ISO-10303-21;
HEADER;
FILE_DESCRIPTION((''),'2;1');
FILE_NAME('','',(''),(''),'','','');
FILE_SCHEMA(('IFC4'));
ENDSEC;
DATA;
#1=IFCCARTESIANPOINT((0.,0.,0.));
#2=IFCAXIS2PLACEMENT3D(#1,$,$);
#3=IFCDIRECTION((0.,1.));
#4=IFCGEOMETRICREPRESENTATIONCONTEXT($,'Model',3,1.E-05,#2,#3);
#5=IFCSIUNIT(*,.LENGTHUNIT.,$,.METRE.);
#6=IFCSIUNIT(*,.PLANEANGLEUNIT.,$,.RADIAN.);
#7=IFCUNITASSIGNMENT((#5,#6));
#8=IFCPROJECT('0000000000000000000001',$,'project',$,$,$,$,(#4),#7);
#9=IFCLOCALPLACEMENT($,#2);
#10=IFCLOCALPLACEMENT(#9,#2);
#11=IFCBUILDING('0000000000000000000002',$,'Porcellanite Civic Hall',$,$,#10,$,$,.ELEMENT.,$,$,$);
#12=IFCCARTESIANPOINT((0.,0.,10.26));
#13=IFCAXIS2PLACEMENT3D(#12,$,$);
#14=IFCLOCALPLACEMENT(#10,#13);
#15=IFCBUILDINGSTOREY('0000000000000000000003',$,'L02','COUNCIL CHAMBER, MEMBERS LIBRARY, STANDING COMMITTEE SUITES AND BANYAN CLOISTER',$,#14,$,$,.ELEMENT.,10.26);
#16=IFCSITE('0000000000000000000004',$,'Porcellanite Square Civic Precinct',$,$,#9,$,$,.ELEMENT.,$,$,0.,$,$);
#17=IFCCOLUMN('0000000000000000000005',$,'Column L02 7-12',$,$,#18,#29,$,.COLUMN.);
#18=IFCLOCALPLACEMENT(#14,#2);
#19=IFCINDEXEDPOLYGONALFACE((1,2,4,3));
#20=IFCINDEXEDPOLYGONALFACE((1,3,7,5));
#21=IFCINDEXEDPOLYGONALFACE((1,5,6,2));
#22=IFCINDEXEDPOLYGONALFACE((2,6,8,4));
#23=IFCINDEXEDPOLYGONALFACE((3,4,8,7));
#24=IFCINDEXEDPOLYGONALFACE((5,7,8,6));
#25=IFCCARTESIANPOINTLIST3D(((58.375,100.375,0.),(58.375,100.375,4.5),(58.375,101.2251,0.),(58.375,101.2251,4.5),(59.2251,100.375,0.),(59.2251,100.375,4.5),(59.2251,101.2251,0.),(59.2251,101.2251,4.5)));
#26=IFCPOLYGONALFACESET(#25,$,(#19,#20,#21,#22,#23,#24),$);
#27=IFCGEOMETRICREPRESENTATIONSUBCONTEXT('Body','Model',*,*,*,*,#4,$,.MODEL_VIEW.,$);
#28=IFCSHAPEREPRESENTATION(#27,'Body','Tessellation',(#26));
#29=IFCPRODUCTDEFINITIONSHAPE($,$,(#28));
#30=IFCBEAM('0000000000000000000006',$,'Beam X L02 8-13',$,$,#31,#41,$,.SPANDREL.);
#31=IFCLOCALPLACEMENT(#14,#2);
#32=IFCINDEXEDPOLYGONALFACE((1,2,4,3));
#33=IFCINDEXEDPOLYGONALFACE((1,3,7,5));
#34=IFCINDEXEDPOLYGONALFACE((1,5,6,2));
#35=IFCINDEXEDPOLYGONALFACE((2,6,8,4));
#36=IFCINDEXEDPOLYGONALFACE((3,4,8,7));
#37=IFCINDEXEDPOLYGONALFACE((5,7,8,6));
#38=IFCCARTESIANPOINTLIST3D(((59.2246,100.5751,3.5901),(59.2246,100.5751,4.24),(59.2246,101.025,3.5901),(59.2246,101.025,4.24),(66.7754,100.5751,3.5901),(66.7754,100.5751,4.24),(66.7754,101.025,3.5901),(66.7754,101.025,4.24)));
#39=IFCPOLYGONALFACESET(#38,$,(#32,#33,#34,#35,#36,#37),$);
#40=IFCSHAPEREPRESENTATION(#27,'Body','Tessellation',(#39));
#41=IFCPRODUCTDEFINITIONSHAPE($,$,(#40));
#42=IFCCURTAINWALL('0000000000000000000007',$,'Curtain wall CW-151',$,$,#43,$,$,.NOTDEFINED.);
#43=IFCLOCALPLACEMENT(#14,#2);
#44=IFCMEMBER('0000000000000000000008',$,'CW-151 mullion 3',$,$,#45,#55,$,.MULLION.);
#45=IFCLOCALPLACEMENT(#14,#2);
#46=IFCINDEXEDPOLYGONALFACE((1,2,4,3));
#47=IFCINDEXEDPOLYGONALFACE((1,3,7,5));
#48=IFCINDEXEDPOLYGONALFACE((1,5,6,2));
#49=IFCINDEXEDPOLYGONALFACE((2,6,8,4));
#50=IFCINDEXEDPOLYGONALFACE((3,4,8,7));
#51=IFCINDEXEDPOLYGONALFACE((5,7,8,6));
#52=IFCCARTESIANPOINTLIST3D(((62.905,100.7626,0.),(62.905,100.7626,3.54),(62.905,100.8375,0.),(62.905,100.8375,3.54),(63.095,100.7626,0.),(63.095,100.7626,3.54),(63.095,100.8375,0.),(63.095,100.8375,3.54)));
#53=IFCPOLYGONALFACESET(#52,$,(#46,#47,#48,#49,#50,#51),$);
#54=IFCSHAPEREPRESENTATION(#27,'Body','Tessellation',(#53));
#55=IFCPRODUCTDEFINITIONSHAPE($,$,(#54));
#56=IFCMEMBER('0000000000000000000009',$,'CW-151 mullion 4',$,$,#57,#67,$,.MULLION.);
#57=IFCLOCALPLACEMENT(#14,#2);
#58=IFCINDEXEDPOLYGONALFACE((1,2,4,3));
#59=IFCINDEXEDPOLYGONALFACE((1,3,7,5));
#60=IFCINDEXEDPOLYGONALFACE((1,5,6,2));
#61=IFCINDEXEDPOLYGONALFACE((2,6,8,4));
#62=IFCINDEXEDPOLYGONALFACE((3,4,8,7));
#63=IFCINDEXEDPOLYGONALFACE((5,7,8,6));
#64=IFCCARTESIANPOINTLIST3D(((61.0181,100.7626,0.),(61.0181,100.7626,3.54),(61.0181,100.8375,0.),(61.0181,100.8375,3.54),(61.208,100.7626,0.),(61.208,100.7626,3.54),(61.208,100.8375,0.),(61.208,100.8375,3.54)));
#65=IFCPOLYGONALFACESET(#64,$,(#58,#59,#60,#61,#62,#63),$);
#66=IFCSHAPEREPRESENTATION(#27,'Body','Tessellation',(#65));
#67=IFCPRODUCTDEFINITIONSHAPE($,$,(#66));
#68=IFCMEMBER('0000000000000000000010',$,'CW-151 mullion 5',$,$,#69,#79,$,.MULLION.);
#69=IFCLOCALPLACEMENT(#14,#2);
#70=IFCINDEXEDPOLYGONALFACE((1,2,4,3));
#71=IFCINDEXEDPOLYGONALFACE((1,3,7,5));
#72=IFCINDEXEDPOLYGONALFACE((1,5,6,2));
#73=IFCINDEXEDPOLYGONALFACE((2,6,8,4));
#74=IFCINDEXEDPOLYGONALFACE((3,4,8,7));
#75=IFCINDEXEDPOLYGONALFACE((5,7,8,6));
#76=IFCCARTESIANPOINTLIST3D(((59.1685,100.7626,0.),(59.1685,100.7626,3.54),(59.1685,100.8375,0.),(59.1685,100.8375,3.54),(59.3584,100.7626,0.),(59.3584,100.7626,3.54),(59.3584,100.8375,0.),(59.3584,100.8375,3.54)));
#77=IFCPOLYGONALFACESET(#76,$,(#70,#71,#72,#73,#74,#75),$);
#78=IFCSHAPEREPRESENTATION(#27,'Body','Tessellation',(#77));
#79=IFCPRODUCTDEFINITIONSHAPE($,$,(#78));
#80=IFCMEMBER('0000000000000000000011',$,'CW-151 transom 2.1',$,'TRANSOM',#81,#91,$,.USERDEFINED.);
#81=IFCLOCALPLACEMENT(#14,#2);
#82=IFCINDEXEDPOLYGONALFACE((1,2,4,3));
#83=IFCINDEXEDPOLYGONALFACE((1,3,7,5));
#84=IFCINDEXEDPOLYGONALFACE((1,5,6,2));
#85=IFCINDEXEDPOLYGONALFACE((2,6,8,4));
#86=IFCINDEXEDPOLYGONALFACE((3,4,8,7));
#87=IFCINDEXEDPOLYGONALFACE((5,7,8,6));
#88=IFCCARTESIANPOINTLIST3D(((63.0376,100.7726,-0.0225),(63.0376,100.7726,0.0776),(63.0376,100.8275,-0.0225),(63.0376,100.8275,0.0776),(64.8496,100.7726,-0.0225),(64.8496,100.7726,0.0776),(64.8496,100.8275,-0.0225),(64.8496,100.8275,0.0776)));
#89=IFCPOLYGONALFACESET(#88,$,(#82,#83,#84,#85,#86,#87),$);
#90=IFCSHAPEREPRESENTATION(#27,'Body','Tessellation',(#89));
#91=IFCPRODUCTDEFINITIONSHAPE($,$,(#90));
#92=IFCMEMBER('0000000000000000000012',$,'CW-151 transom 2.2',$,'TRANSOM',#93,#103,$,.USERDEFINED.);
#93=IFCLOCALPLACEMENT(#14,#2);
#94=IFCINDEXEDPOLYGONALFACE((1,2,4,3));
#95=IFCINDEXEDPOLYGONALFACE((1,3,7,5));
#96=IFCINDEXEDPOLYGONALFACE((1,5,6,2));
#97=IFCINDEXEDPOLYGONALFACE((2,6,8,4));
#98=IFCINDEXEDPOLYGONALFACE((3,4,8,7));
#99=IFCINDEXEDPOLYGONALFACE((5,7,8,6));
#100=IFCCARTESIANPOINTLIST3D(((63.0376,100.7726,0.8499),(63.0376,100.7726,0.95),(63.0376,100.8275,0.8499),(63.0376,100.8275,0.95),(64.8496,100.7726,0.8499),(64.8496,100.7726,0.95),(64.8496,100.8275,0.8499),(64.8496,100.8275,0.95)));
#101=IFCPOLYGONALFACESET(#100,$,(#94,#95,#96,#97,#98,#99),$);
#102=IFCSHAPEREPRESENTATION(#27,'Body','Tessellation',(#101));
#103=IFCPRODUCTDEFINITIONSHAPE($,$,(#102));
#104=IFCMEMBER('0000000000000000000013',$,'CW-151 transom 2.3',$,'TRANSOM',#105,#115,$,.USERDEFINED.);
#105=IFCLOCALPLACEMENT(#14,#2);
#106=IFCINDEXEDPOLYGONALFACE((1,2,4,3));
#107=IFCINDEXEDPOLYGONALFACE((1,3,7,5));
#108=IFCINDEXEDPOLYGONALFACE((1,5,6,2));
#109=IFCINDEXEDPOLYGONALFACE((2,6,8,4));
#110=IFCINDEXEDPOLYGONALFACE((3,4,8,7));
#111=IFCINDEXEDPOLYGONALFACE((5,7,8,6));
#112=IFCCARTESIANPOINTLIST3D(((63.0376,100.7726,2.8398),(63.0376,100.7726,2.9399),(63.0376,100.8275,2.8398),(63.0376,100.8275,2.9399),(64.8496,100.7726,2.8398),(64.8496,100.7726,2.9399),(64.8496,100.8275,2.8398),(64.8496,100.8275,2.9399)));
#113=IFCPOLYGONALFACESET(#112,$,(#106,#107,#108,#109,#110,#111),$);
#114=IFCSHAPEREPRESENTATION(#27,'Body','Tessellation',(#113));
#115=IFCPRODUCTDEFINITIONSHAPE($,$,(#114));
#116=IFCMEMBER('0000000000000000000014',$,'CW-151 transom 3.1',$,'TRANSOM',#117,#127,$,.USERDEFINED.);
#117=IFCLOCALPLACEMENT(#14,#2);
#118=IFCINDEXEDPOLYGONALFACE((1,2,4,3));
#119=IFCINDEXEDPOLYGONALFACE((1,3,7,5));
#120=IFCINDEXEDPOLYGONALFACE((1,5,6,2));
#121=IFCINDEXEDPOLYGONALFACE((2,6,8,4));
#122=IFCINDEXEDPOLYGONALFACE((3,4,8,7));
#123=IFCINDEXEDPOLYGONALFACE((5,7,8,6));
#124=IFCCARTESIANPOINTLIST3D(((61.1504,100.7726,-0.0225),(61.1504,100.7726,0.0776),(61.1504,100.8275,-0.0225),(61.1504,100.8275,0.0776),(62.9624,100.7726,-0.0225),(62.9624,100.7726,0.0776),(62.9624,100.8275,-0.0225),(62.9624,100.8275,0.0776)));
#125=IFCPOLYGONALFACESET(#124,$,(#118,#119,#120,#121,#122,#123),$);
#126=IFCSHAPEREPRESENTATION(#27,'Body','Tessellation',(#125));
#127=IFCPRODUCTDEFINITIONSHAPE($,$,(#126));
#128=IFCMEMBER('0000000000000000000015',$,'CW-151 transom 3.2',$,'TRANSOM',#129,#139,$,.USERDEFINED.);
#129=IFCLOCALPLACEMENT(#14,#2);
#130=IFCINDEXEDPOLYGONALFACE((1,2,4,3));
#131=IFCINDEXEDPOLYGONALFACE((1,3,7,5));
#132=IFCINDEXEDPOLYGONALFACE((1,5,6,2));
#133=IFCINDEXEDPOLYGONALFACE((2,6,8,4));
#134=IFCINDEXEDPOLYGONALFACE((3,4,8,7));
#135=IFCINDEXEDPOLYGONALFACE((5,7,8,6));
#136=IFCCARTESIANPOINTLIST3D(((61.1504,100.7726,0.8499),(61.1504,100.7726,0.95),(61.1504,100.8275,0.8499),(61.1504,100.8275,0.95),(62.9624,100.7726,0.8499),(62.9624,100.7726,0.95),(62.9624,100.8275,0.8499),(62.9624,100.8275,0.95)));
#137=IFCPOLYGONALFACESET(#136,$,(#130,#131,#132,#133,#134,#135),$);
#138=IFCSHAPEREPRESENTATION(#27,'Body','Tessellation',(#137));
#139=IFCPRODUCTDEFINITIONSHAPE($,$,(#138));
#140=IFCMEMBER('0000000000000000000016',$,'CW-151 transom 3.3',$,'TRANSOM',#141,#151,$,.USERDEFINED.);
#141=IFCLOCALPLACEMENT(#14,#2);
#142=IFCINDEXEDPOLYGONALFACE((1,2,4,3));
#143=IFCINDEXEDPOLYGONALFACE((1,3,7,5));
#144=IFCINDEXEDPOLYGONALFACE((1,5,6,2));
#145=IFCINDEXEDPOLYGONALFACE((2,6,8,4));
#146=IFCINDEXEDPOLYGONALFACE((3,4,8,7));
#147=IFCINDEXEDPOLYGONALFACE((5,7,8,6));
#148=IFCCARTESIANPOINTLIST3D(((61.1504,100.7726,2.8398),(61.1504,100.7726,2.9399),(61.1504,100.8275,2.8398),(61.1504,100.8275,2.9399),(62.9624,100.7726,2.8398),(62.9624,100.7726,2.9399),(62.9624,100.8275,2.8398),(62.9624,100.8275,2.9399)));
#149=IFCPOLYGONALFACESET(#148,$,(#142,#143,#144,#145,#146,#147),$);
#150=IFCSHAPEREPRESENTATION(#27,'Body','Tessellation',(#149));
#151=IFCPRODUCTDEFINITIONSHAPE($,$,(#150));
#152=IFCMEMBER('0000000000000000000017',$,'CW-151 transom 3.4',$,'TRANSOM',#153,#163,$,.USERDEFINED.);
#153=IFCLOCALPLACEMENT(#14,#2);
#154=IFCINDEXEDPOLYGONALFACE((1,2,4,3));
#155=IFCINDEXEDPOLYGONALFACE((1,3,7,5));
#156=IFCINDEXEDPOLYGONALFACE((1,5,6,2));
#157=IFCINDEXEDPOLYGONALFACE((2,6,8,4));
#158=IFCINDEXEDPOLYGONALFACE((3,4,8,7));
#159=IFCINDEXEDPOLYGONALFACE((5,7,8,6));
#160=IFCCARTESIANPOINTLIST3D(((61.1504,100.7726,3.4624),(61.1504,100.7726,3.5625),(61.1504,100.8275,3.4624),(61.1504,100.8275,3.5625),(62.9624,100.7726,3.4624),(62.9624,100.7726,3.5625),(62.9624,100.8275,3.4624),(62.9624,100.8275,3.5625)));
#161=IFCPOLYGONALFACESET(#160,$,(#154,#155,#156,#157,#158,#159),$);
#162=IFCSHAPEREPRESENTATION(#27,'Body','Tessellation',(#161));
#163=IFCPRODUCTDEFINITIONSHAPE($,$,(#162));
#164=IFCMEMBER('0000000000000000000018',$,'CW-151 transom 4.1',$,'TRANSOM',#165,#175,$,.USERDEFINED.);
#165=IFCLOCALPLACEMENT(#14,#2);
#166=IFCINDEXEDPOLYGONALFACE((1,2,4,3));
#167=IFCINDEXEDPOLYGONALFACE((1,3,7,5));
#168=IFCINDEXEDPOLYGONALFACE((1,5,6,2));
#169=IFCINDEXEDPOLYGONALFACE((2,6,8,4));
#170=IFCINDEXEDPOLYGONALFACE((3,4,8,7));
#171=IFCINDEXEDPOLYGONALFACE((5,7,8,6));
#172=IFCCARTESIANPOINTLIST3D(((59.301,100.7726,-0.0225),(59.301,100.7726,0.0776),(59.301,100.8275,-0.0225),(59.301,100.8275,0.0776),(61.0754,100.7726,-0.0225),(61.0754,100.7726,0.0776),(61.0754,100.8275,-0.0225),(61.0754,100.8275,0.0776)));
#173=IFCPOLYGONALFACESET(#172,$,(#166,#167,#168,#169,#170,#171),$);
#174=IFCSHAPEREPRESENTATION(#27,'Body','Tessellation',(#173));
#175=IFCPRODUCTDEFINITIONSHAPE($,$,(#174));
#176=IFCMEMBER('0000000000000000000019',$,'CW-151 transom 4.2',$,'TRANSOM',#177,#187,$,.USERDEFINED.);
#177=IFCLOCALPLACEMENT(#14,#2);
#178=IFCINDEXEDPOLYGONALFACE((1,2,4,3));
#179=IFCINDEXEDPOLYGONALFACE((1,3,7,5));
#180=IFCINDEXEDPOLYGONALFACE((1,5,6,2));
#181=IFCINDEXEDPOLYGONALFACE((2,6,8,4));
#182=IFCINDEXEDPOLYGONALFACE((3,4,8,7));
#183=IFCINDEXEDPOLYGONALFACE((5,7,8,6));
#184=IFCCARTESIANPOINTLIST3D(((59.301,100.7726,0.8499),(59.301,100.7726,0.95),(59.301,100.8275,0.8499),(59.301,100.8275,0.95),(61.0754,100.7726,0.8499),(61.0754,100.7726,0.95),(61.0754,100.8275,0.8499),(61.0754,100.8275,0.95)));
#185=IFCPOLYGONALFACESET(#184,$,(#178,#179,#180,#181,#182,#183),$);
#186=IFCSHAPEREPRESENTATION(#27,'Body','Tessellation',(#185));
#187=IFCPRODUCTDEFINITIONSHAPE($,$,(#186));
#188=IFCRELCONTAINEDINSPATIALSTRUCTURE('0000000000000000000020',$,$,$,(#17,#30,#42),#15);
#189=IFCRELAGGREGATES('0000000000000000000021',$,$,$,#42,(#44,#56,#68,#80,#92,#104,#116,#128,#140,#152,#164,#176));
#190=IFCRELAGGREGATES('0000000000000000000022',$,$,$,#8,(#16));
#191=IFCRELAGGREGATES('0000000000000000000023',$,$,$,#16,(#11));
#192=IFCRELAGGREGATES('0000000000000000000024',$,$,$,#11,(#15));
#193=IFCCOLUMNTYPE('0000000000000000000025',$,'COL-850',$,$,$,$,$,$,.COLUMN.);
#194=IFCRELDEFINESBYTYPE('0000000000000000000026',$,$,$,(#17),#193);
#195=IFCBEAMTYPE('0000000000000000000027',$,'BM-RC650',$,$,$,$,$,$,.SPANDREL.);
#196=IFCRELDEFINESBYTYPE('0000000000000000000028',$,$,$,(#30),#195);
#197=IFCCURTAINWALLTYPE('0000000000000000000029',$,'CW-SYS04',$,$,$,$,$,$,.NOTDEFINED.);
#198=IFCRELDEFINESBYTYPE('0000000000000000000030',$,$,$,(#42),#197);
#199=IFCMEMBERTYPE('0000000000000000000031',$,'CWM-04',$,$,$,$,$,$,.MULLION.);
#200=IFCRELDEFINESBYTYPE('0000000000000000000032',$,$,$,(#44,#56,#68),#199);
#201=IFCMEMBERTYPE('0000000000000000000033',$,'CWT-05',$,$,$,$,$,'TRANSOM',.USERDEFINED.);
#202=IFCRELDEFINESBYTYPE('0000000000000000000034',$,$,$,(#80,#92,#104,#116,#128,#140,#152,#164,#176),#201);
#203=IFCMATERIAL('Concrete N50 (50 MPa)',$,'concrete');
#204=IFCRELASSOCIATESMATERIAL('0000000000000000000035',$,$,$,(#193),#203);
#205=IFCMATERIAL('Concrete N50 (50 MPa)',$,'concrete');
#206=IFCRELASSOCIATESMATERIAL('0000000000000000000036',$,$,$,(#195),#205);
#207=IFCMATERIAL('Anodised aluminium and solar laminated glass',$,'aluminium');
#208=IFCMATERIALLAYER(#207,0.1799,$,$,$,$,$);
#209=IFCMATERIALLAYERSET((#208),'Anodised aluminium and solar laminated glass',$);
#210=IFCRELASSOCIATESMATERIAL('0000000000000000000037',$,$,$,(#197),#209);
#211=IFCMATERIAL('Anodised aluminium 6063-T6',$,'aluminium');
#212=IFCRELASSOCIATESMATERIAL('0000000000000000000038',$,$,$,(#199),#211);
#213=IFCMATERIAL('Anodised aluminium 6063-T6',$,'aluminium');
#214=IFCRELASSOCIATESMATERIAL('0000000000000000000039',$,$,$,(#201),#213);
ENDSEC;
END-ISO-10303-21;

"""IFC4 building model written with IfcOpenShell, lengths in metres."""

from ifc_helpers import new_model, si_unit, direction, frame, origin, origin_2d, place, context, subcontext, project, spatial, rectangle, extrude, material, layer, layer_set, material_profile, profile_set, type_object, element, aggregate, save


model = new_model("IFC4")

# Units and contexts
model_context = context("Model", 3, precision=1e-05, world=origin(), true_north=direction((0.0, 1.0)))
body_context = subcontext(model_context, "Body", "Model", "MODEL_VIEW")
ifc_project = project(units=[si_unit("LENGTHUNIT", "METRE"), si_unit("PLANEANGLEUNIT", "RADIAN")], contexts=[model_context])

# Site, building, storey
site_placement = place(None, origin())
site = spatial("IfcSite", under=ifc_project, at=site_placement, Name="Porcellanite Square Civic Precinct", CompositionType="ELEMENT", RefElevation=0.0)
building_placement = place(site_placement, origin())
building = spatial("IfcBuilding", under=site, at=building_placement, Name="Porcellanite Civic Hall", CompositionType="ELEMENT")
storey_placement = place(building_placement, frame((0.0, 0.0, 10.26)))
storey = spatial("IfcBuildingStorey", under=building, at=storey_placement, Name="L02", Description="COUNCIL CHAMBER, MEMBERS LIBRARY, STANDING COMMITTEE SUITES AND BANYAN CLOISTER", CompositionType="ELEMENT", Elevation=10.26)

# Column
ifc_material_1 = material(Name="Concrete N50 (50 MPa)", Category="concrete")
ifc_material_profile_1 = material_profile(ifc_material_1, rectangle(XDim=0.8501, YDim=0.8501, at=origin_2d()), Name="RC-850x850")
ifc_profile_set_1 = profile_set([ifc_material_profile_1], Name="Concrete N50 (50 MPa)")
column_type = type_object("IfcColumnType", Name="COL-850", PredefinedType="COLUMN", material=ifc_profile_set_1)
column_placement = place(storey_placement, frame((58.8, 100.8, 0.0), z_axis=(0.0, 0.0, 1.0), x_axis=(1.0, 0.0, 0.0)))
element("IfcColumn", 1, at=column_placement, inside=storey, type_object=column_type, Name="Column L02 7-12", PredefinedType="COLUMN", context=body_context, shape_type="SweptSolid", body=[
    extrude(rectangle(XDim=0.8501, YDim=0.8501, at=origin_2d()), origin(), (0.0, 0.0, 1.0), 4.5),
])

# Beam
ifc_material_2 = material(Name="Concrete N50 (50 MPa)", Category="concrete")
ifc_material_profile_2 = material_profile(ifc_material_2, rectangle(XDim=0.45, YDim=0.6499, at=origin_2d()), Name="RC-450x650")
ifc_profile_set_2 = profile_set([ifc_material_profile_2], Name="Concrete N50 (50 MPa)")
beam_type = type_object("IfcBeamType", Name="BM-RC650", PredefinedType="SPANDREL", material=ifc_profile_set_2)
beam_placement = place(storey_placement, frame((59.2246, 100.8, 3.915), z_axis=(1.0, 0.0, 0.0), x_axis=(0.0, 1.0, 0.0)))
element("IfcBeam", 2, at=beam_placement, inside=storey, type_object=beam_type, Name="Beam X L02 8-13", PredefinedType="SPANDREL", context=body_context, shape_type="SweptSolid", body=[
    extrude(rectangle(XDim=0.45, YDim=0.6499, at=origin_2d()), origin(), (0.0, 0.0, 1.0), 7.5508),
])

# Curtain wall, members
ifc_material_3 = material(Name="Anodised aluminium and solar laminated glass", Category="aluminium")
ifc_layer_1 = layer(ifc_material_3, 0.1799)
ifc_layer_set_1 = layer_set([ifc_layer_1], Name="Anodised aluminium and solar laminated glass")
curtain_wall_type = type_object("IfcCurtainWallType", Name="CW-SYS04", PredefinedType="NOTDEFINED", material=ifc_layer_set_1)
curtain_wall_placement = place(storey_placement, origin())
curtain_wall = element("IfcCurtainWall", 3, at=curtain_wall_placement, inside=storey, type_object=curtain_wall_type, Name="Curtain wall CW-151", PredefinedType="NOTDEFINED")
ifc_material_4 = material(Name="Anodised aluminium 6063-T6", Category="aluminium")
ifc_material_profile_3 = material_profile(ifc_material_4, rectangle(XDim=0.075, YDim=0.1899, at=origin_2d()), Name="AL-75x190")
ifc_profile_set_3 = profile_set([ifc_material_profile_3], Name="Anodised aluminium 6063-T6")
member_type_1 = type_object("IfcMemberType", Name="CWM-04", PredefinedType="MULLION", material=ifc_profile_set_3)
member_1_placement = place(storey_placement, frame((63.0, 100.8, 0.0), z_axis=(0.0, 0.0, 1.0), x_axis=(0.0, -1.0, 0.0)))
member_1 = element("IfcMember", 4, at=member_1_placement, type_object=member_type_1, Name="CW-151 mullion 3", PredefinedType="MULLION", context=body_context, shape_type="SweptSolid", body=[
    extrude(rectangle(XDim=0.075, YDim=0.1899, at=origin_2d()), origin(), (0.0, 0.0, 1.0), 3.54),
])
member_2_placement = place(storey_placement, frame((61.113, 100.8, 0.0), z_axis=(0.0, 0.0, 1.0), x_axis=(0.0, -1.0, 0.0)))
member_2 = element("IfcMember", 5, at=member_2_placement, type_object=member_type_1, Name="CW-151 mullion 4", PredefinedType="MULLION", context=body_context, shape_type="SweptSolid", body=[
    extrude(rectangle(XDim=0.075, YDim=0.1899, at=origin_2d()), origin(), (0.0, 0.0, 1.0), 3.54),
])
member_3_placement = place(storey_placement, frame((59.2634, 100.8, 0.0), z_axis=(0.0, 0.0, 1.0), x_axis=(0.0, -1.0, 0.0)))
member_3 = element("IfcMember", 6, at=member_3_placement, type_object=member_type_1, Name="CW-151 mullion 5", PredefinedType="MULLION", context=body_context, shape_type="SweptSolid", body=[
    extrude(rectangle(XDim=0.075, YDim=0.1899, at=origin_2d()), origin(), (0.0, 0.0, 1.0), 3.54),
])
ifc_material_5 = material(Name="Anodised aluminium 6063-T6", Category="aluminium")
ifc_material_profile_4 = material_profile(ifc_material_5, rectangle(XDim=0.0549, YDim=0.1001, at=origin_2d()), Name="AL-55x100")
ifc_profile_set_4 = profile_set([ifc_material_profile_4], Name="Anodised aluminium 6063-T6")
member_type_2 = type_object("IfcMemberType", Name="CWT-05", ElementType="TRANSOM", PredefinedType="USERDEFINED", material=ifc_profile_set_4)
member_4_placement = place(storey_placement, frame((64.8496, 100.8, 0.0276), z_axis=(-1.0, 0.0, 0.0), x_axis=(0.0, -1.0, 0.0)))
member_4 = element("IfcMember", 7, at=member_4_placement, type_object=member_type_2, Name="CW-151 transom 2.1", ObjectType="TRANSOM", PredefinedType="USERDEFINED", context=body_context, shape_type="SweptSolid", body=[
    extrude(rectangle(XDim=0.0549, YDim=0.1001, at=origin_2d()), origin(), (0.0, 0.0, 1.0), 1.812),
])
member_5_placement = place(storey_placement, frame((64.8496, 100.8, 0.8999), z_axis=(-1.0, 0.0, 0.0), x_axis=(0.0, -1.0, 0.0)))
member_5 = element("IfcMember", 8, at=member_5_placement, type_object=member_type_2, Name="CW-151 transom 2.2", ObjectType="TRANSOM", PredefinedType="USERDEFINED", context=body_context, shape_type="SweptSolid", body=[
    extrude(rectangle(XDim=0.0549, YDim=0.1001, at=origin_2d()), origin(), (0.0, 0.0, 1.0), 1.812),
])
member_6_placement = place(storey_placement, frame((64.8496, 100.8, 2.8899), z_axis=(-1.0, 0.0, 0.0), x_axis=(0.0, -1.0, 0.0)))
member_6 = element("IfcMember", 9, at=member_6_placement, type_object=member_type_2, Name="CW-151 transom 2.3", ObjectType="TRANSOM", PredefinedType="USERDEFINED", context=body_context, shape_type="SweptSolid", body=[
    extrude(rectangle(XDim=0.0549, YDim=0.1001, at=origin_2d()), origin(), (0.0, 0.0, 1.0), 1.812),
])
member_7_placement = place(storey_placement, frame((62.9624, 100.8, 0.0276), z_axis=(-1.0, 0.0, 0.0), x_axis=(0.0, -1.0, 0.0)))
member_7 = element("IfcMember", 10, at=member_7_placement, type_object=member_type_2, Name="CW-151 transom 3.1", ObjectType="TRANSOM", PredefinedType="USERDEFINED", context=body_context, shape_type="SweptSolid", body=[
    extrude(rectangle(XDim=0.0549, YDim=0.1001, at=origin_2d()), origin(), (0.0, 0.0, 1.0), 1.812),
])
member_8_placement = place(storey_placement, frame((62.9624, 100.8, 0.8999), z_axis=(-1.0, 0.0, 0.0), x_axis=(0.0, -1.0, 0.0)))
member_8 = element("IfcMember", 11, at=member_8_placement, type_object=member_type_2, Name="CW-151 transom 3.2", ObjectType="TRANSOM", PredefinedType="USERDEFINED", context=body_context, shape_type="SweptSolid", body=[
    extrude(rectangle(XDim=0.0549, YDim=0.1001, at=origin_2d()), origin(), (0.0, 0.0, 1.0), 1.812),
])
member_9_placement = place(storey_placement, frame((62.9624, 100.8, 2.8899), z_axis=(-1.0, 0.0, 0.0), x_axis=(0.0, -1.0, 0.0)))
member_9 = element("IfcMember", 12, at=member_9_placement, type_object=member_type_2, Name="CW-151 transom 3.3", ObjectType="TRANSOM", PredefinedType="USERDEFINED", context=body_context, shape_type="SweptSolid", body=[
    extrude(rectangle(XDim=0.0549, YDim=0.1001, at=origin_2d()), origin(), (0.0, 0.0, 1.0), 1.812),
])
member_10_placement = place(storey_placement, frame((62.9624, 100.8, 3.5125), z_axis=(-1.0, 0.0, 0.0), x_axis=(0.0, -1.0, 0.0)))
member_10 = element("IfcMember", 13, at=member_10_placement, type_object=member_type_2, Name="CW-151 transom 3.4", ObjectType="TRANSOM", PredefinedType="USERDEFINED", context=body_context, shape_type="SweptSolid", body=[
    extrude(rectangle(XDim=0.0549, YDim=0.1001, at=origin_2d()), origin(), (0.0, 0.0, 1.0), 1.812),
])
member_11_placement = place(storey_placement, frame((61.0754, 100.8, 0.0276), z_axis=(-1.0, 0.0, 0.0), x_axis=(0.0, -1.0, 0.0)))
member_11 = element("IfcMember", 14, at=member_11_placement, type_object=member_type_2, Name="CW-151 transom 4.1", ObjectType="TRANSOM", PredefinedType="USERDEFINED", context=body_context, shape_type="SweptSolid", body=[
    extrude(rectangle(XDim=0.0549, YDim=0.1001, at=origin_2d()), origin(), (0.0, 0.0, 1.0), 1.7744),
])
member_12_placement = place(storey_placement, frame((61.0754, 100.8, 0.8999), z_axis=(-1.0, 0.0, 0.0), x_axis=(0.0, -1.0, 0.0)))
member_12 = element("IfcMember", 15, at=member_12_placement, type_object=member_type_2, Name="CW-151 transom 4.2", ObjectType="TRANSOM", PredefinedType="USERDEFINED", context=body_context, shape_type="SweptSolid", body=[
    extrude(rectangle(XDim=0.0549, YDim=0.1001, at=origin_2d()), origin(), (0.0, 0.0, 1.0), 1.7744),
])

aggregate(curtain_wall, [member_1, member_2, member_3, member_4, member_5, member_6, member_7, member_8, member_9, member_10, member_11, member_12])

save(model, "model.ifc")
